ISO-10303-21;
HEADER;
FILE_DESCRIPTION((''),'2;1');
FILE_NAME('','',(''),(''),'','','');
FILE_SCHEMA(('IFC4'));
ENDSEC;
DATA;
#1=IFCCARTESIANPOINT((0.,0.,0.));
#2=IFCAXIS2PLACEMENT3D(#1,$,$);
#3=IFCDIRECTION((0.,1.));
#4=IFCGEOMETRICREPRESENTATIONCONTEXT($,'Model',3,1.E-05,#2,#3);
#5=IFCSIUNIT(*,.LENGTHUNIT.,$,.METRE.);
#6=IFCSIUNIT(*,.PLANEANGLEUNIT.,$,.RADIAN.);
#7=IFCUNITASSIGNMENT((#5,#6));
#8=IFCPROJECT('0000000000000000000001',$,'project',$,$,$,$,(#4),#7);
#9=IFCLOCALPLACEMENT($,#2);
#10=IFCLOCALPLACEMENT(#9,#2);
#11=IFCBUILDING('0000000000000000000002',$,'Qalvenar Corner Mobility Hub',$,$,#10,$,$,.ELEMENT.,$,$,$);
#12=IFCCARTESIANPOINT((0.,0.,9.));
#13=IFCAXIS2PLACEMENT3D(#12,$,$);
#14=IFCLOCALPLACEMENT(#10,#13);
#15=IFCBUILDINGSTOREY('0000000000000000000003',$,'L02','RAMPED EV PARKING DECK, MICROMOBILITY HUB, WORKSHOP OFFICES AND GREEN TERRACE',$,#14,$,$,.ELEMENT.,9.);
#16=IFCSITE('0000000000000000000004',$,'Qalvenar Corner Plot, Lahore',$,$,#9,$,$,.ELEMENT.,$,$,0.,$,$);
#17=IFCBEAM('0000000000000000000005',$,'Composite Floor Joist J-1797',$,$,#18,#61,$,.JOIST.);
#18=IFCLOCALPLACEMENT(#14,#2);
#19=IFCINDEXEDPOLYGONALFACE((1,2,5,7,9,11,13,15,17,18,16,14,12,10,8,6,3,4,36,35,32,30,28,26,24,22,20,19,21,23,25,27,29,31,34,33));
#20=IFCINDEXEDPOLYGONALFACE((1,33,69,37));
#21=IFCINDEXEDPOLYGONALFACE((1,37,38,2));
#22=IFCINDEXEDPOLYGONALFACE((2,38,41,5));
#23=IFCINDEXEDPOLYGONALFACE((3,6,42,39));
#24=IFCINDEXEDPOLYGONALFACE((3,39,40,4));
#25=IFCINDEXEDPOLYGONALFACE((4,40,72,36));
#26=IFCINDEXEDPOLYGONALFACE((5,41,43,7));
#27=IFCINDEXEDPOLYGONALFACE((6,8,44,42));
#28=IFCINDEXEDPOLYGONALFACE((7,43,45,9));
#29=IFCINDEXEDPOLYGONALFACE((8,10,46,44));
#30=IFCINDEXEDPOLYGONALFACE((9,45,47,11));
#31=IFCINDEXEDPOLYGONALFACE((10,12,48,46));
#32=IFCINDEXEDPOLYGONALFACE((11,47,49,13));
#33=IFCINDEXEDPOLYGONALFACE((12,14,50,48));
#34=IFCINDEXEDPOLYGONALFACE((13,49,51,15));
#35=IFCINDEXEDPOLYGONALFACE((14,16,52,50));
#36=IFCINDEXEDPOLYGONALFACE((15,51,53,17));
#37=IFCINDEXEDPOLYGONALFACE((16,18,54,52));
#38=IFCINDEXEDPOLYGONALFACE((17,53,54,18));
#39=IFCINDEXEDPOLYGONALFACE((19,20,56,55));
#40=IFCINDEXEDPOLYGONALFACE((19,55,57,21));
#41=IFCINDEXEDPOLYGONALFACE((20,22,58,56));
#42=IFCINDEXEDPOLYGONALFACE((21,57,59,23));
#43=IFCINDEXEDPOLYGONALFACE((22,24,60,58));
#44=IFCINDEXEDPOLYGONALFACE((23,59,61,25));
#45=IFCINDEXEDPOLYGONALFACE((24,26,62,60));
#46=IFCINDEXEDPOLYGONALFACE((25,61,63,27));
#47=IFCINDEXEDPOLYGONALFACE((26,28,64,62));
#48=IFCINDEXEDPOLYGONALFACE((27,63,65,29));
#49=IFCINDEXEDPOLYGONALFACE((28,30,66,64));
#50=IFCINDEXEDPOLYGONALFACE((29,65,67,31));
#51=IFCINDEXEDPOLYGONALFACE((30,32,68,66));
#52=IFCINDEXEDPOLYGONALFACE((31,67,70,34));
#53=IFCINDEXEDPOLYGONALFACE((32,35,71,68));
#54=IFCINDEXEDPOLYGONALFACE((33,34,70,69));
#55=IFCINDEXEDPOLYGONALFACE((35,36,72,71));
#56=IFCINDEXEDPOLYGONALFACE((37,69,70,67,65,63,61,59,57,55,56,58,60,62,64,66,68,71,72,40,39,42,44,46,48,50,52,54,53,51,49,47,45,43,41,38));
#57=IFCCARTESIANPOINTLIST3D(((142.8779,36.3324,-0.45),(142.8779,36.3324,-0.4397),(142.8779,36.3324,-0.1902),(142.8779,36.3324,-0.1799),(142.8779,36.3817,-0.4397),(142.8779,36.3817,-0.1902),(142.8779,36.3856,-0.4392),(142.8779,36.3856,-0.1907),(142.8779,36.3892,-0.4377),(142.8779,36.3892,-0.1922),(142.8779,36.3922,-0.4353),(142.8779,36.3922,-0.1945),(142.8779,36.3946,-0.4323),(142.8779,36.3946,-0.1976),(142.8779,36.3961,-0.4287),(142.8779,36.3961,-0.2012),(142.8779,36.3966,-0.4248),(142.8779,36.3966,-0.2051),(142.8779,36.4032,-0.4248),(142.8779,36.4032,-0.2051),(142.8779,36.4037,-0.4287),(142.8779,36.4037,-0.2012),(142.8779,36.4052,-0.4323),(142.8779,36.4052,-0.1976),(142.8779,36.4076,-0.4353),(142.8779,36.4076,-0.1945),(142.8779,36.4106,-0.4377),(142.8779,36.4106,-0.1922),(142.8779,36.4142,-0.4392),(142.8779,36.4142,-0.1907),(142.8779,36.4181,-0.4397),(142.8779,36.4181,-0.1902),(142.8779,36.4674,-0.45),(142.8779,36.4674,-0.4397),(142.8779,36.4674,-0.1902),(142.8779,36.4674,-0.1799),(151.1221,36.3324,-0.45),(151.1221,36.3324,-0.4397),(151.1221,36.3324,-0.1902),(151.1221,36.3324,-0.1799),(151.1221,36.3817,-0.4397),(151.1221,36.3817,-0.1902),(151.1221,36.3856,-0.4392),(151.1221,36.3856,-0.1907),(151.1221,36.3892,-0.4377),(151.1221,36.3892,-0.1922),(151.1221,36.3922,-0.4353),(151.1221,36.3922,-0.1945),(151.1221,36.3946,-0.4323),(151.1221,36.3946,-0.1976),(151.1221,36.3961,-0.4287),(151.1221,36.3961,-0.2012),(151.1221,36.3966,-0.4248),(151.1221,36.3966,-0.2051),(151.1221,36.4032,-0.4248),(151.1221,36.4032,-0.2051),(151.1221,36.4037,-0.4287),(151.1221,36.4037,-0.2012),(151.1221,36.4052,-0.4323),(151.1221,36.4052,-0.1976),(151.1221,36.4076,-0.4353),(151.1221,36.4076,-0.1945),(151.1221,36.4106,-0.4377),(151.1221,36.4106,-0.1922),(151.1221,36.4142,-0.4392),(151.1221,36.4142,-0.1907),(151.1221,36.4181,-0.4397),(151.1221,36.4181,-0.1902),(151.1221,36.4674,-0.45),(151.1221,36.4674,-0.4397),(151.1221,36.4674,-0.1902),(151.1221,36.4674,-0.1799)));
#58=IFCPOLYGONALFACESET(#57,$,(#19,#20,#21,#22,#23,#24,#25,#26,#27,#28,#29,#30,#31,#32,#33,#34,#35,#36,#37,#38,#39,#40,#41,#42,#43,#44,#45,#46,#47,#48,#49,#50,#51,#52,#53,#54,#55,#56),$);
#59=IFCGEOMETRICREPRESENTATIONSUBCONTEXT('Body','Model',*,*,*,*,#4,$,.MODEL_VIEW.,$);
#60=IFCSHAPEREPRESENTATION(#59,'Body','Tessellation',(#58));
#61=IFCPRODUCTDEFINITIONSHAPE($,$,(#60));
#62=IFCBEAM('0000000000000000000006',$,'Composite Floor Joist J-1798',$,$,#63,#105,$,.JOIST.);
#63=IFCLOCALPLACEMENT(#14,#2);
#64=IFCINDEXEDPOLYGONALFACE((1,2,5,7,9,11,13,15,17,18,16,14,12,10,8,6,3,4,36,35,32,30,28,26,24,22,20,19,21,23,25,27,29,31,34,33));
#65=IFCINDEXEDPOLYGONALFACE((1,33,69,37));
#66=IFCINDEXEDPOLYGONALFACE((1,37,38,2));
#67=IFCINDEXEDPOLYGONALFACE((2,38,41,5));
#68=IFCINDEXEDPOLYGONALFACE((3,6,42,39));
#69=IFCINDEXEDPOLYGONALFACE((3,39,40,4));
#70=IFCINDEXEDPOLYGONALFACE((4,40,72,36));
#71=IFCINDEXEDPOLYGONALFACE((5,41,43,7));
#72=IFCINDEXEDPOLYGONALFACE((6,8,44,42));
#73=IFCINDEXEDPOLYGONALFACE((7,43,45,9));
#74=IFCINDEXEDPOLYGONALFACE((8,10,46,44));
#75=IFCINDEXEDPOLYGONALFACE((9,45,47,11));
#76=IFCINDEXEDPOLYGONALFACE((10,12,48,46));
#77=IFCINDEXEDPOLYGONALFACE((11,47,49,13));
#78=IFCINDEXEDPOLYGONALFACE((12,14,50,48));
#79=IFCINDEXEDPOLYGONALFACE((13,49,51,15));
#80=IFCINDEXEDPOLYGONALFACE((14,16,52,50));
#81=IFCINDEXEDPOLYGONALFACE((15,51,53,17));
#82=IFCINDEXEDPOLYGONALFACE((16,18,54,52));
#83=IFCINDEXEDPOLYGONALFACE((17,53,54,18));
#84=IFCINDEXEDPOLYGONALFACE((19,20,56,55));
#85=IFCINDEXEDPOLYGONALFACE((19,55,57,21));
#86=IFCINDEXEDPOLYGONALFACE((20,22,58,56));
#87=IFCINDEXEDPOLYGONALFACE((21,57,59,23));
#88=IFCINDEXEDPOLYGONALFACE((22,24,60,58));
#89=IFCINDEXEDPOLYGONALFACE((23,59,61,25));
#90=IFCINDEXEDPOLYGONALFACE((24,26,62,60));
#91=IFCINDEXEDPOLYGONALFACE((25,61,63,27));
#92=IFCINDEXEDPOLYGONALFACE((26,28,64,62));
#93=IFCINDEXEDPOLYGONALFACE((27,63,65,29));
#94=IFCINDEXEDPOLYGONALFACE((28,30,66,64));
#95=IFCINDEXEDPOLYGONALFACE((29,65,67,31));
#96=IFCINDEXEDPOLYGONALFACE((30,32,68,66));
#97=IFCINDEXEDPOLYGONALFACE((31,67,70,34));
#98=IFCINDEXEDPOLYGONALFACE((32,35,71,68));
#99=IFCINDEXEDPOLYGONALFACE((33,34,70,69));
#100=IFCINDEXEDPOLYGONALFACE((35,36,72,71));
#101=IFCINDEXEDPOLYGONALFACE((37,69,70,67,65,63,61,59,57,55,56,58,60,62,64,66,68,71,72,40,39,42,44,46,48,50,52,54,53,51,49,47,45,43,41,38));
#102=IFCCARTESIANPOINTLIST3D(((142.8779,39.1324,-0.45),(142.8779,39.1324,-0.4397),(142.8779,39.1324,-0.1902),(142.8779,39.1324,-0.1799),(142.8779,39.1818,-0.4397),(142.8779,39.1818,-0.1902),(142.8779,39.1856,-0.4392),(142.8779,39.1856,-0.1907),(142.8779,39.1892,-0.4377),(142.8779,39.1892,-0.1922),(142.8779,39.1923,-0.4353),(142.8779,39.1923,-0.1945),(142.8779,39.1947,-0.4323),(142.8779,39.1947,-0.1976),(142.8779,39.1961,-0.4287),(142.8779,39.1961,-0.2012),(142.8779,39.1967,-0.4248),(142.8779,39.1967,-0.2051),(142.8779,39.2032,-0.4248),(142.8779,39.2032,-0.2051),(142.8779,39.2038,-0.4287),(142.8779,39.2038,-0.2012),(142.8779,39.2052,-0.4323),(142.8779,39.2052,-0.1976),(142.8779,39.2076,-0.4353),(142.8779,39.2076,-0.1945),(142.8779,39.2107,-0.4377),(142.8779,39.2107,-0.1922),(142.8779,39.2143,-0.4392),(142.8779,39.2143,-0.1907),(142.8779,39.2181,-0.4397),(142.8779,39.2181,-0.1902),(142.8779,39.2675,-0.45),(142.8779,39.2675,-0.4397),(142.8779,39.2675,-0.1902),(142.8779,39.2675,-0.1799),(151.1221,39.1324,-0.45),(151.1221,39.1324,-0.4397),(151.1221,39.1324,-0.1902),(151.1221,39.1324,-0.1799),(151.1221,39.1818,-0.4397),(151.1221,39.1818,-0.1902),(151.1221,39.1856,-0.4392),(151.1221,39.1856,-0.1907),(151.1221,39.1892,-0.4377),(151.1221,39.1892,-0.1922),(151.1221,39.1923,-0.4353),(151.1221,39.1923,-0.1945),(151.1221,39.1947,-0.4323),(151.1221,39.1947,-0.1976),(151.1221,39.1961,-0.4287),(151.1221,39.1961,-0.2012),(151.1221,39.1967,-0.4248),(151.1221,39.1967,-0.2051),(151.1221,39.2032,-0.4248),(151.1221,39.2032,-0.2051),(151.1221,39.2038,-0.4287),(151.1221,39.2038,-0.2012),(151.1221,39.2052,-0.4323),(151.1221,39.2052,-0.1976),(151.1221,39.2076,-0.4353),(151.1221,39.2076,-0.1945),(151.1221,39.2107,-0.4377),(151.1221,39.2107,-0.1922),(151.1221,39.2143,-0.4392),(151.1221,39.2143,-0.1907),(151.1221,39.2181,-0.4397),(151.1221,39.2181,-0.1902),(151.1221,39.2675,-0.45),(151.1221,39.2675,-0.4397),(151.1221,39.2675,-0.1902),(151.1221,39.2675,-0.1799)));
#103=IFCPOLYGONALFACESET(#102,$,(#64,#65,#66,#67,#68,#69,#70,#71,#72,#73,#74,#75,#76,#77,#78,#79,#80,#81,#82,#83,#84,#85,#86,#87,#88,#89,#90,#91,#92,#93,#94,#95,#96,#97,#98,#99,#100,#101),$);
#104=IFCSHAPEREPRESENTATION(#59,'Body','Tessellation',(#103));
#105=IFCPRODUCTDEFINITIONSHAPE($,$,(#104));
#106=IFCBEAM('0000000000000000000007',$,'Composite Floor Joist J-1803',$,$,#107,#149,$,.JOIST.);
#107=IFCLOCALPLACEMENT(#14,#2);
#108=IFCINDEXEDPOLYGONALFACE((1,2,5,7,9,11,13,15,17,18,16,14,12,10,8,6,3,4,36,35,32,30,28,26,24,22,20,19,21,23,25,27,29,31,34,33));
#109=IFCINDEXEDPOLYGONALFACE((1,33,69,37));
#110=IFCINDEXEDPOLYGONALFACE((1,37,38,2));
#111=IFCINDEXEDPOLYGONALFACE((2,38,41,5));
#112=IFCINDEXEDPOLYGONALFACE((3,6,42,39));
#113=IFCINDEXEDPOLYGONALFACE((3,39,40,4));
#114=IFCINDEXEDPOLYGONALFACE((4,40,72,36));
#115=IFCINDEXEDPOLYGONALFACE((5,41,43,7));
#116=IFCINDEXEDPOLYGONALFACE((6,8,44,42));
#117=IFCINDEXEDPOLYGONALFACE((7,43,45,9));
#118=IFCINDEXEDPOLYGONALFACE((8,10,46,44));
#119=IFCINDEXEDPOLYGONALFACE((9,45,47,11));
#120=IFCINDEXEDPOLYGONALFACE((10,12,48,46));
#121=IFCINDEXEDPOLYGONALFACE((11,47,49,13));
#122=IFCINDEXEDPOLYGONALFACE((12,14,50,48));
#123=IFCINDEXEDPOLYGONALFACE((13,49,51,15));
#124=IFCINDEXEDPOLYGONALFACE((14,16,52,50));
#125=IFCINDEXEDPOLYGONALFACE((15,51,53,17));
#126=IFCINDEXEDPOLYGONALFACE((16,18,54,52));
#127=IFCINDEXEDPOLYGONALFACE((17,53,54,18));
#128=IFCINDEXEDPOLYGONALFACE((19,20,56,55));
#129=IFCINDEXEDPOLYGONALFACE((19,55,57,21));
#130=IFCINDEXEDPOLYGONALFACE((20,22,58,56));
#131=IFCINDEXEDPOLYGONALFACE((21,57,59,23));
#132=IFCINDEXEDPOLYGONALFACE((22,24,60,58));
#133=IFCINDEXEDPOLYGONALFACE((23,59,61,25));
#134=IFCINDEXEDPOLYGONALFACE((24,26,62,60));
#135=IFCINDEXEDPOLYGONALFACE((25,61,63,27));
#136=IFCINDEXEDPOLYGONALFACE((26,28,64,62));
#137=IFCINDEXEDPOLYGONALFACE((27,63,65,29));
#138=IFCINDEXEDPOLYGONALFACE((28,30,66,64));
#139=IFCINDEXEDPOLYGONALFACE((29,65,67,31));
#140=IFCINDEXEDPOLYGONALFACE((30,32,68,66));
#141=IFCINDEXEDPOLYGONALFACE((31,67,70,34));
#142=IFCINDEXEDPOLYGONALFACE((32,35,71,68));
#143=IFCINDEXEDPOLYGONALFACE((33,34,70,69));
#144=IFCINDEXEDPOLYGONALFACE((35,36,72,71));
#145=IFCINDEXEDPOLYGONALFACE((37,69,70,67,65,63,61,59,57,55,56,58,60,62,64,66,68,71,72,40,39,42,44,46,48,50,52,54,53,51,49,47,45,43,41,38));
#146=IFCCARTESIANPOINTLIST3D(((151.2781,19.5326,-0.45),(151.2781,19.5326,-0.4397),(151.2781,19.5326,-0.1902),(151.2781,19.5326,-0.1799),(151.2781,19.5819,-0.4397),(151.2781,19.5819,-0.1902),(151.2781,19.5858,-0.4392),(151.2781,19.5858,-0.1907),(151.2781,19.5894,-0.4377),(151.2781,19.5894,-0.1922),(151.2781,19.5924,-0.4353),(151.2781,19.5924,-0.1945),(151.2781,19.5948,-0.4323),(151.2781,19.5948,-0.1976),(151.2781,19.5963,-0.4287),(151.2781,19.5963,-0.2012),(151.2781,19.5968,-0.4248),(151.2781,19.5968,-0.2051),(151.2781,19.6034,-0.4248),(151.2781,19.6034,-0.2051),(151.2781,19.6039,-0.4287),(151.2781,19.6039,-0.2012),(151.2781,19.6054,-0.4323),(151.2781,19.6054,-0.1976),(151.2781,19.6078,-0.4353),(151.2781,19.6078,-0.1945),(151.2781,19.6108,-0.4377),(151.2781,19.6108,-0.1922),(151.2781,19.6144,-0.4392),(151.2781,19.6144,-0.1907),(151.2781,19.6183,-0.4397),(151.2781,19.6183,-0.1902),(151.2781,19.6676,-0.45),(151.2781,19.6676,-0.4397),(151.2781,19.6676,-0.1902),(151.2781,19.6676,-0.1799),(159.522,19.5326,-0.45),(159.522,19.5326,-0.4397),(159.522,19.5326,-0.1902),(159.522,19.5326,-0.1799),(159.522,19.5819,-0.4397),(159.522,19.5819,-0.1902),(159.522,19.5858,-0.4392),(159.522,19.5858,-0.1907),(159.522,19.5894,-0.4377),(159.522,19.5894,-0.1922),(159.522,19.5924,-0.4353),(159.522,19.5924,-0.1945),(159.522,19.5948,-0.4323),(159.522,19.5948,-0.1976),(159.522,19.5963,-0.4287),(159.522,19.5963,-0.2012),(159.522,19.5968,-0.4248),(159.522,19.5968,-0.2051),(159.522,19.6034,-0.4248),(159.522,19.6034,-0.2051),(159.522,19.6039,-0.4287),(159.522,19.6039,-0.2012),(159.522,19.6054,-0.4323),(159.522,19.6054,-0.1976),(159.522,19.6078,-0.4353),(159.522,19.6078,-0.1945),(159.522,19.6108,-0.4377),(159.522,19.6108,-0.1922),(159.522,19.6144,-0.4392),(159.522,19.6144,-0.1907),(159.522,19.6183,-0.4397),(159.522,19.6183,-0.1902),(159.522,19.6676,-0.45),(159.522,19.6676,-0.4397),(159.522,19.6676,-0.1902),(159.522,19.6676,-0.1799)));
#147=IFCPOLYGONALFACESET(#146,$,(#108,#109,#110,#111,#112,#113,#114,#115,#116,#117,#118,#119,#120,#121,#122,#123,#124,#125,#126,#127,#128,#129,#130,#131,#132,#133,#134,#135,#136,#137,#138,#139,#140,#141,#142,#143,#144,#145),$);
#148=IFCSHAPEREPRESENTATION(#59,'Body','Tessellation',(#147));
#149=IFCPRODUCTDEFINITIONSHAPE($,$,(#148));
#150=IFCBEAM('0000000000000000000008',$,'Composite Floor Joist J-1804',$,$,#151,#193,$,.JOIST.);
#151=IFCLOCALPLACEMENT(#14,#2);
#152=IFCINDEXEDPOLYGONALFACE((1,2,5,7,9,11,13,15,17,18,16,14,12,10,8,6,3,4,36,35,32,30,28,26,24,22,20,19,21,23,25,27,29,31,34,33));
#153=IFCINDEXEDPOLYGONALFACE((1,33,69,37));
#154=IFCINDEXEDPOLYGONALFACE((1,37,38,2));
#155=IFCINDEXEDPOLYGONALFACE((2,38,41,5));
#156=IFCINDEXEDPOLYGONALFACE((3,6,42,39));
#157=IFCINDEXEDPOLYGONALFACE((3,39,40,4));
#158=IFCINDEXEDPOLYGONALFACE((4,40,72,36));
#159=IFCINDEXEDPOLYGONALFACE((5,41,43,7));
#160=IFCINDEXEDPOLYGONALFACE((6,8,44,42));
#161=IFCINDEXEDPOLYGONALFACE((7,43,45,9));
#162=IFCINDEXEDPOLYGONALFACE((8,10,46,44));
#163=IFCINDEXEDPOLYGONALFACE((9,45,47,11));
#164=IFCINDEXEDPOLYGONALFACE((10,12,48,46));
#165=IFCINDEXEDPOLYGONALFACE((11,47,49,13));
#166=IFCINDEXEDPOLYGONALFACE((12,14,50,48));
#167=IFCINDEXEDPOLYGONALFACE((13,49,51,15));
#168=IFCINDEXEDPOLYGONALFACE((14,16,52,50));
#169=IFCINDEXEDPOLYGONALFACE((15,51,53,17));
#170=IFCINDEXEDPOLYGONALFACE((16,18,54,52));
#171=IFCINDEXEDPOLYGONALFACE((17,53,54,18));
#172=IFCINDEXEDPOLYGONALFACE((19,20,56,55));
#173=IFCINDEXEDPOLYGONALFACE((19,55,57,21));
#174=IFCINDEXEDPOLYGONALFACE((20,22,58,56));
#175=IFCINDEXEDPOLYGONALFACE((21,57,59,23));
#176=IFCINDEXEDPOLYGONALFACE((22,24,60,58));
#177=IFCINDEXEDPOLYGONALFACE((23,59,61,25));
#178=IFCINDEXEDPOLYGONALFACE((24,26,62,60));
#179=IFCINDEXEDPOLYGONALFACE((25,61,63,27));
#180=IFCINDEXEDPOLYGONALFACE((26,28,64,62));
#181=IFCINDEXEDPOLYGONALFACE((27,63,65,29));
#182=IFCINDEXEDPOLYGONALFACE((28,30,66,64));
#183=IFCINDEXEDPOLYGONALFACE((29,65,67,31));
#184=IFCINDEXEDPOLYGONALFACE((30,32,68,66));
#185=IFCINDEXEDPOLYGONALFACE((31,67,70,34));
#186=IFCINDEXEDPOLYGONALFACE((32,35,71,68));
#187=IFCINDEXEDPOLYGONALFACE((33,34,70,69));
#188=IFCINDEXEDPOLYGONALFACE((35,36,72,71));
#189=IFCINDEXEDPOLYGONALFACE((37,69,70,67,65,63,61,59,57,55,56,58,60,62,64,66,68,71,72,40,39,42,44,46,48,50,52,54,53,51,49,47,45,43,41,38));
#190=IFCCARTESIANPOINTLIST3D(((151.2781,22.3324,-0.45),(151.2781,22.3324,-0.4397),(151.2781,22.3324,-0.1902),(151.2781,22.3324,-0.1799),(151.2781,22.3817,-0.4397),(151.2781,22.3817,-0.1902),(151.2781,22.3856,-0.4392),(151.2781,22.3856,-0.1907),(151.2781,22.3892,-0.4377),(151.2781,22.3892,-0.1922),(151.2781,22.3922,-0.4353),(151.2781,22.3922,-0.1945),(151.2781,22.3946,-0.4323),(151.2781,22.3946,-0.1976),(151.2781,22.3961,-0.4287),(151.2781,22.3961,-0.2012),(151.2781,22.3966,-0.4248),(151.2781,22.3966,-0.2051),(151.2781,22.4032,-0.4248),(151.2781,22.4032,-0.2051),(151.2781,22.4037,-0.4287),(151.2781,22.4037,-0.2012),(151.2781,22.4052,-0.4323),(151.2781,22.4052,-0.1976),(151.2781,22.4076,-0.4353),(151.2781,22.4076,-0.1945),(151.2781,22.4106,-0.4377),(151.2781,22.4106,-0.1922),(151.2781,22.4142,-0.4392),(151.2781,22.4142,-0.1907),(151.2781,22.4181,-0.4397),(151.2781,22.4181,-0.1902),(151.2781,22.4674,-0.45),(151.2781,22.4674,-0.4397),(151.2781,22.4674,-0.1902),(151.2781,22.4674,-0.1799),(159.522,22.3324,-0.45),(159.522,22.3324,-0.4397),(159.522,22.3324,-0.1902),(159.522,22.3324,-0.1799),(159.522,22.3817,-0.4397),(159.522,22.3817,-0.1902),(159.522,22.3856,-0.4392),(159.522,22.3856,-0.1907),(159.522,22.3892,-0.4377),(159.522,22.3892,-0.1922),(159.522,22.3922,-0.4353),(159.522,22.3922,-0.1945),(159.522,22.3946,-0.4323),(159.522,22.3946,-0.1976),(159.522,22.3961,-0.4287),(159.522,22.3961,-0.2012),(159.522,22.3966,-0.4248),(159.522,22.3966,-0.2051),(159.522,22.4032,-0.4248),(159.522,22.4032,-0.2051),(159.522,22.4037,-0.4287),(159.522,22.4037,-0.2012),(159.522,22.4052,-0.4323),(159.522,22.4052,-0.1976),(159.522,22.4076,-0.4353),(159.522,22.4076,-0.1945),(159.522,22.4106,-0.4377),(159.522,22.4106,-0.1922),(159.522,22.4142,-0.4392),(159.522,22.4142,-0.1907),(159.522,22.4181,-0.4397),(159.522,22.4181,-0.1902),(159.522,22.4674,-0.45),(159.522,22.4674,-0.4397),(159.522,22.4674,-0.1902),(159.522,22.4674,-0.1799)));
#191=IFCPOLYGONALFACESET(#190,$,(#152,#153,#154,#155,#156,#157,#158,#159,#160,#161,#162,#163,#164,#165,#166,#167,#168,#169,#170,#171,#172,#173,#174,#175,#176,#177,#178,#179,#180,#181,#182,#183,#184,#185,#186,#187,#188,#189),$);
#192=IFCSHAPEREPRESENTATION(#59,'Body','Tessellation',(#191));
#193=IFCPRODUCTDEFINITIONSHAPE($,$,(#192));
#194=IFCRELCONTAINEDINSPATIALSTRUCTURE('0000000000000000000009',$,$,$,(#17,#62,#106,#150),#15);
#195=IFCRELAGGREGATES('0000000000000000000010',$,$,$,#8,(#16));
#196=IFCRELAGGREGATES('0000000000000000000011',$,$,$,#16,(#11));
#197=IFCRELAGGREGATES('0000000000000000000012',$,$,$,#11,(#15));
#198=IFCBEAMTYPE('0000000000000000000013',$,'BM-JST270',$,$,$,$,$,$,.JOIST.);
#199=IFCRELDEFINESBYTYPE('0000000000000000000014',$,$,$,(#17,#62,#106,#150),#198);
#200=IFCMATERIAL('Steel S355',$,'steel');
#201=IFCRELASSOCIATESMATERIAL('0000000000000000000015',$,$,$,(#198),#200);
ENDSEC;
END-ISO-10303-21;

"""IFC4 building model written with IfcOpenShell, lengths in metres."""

from ifc_helpers import new_model, si_unit, direction, frame, origin, origin_2d, place, context, subcontext, project, spatial, i_section, extrude, material, material_profile, profile_set, type_object, element, save


model = new_model("IFC4")

# Units and contexts
model_context = context("Model", 3, precision=1e-05, world=origin(), true_north=direction((0.0, 1.0)))
body_context = subcontext(model_context, "Body", "Model", "MODEL_VIEW")
ifc_project = project(units=[si_unit("LENGTHUNIT", "METRE"), si_unit("PLANEANGLEUNIT", "RADIAN")], contexts=[model_context])

# Site, building, storey
site_placement = place(None, origin())
site = spatial("IfcSite", under=ifc_project, at=site_placement, Name="Qalvenar Corner Plot, Lahore", CompositionType="ELEMENT", RefElevation=0.0)
building_placement = place(site_placement, origin())
building = spatial("IfcBuilding", under=site, at=building_placement, Name="Qalvenar Corner Mobility Hub", CompositionType="ELEMENT")
storey_placement = place(building_placement, frame((0.0, 0.0, 9.0)))
storey = spatial("IfcBuildingStorey", under=building, at=storey_placement, Name="L02", Description="RAMPED EV PARKING DECK, MICROMOBILITY HUB, WORKSHOP OFFICES AND GREEN TERRACE", CompositionType="ELEMENT", Elevation=9.0)

# Shared definitions
ifc_material_1 = material(Name="Steel S355", Category="steel")

# Beams
ifc_material_profile_1 = material_profile(ifc_material_1, i_section(OverallWidth=0.135, OverallDepth=0.27, WebThickness=0.0066, FlangeThickness=0.0103, FilletRadius=0.0149, at=origin_2d()), Name="IPE270")
ifc_profile_set_1 = profile_set([ifc_material_profile_1], Name="Steel S355")
beam_type_1 = type_object("IfcBeamType", Name="BM-JST270", PredefinedType="JOIST", material=ifc_profile_set_1)
for number, where, z_axis, x_axis, name in (
    (1, (142.8779, 36.3999, -0.3149), (1.0, 0.0, 0.0), (0.0, 1.0, 0.0), "Composite Floor Joist J-1797"),
    (2, (142.8779, 39.2, -0.3149), (1.0, 0.0, 0.0), (0.0, 1.0, 0.0), "Composite Floor Joist J-1798"),
):
    element("IfcBeam", number, at=place(storey_placement, frame(where, z_axis=z_axis, x_axis=x_axis)), inside=storey, type_object=beam_type_1, Name=name, PredefinedType="JOIST", context=body_context, shape_type="SweptSolid", body=[
        extrude(i_section(OverallWidth=0.135, OverallDepth=0.27, WebThickness=0.0066, FlangeThickness=0.0103, FilletRadius=0.0149, at=origin_2d()), origin(), (0.0, 0.0, 1.0), 8.2441),
    ])
for number, where, z_axis, x_axis, name in (
    (3, (151.2781, 19.6001, -0.3149), (1.0, 0.0, 0.0), (0.0, 1.0, 0.0), "Composite Floor Joist J-1803"),
    (4, (151.2781, 22.3999, -0.3149), (1.0, 0.0, 0.0), (0.0, 1.0, 0.0), "Composite Floor Joist J-1804"),
):
    element("IfcBeam", number, at=place(storey_placement, frame(where, z_axis=z_axis, x_axis=x_axis)), inside=storey, type_object=beam_type_1, Name=name, PredefinedType="JOIST", context=body_context, shape_type="SweptSolid", body=[
        extrude(i_section(OverallWidth=0.135, OverallDepth=0.27, WebThickness=0.0066, FlangeThickness=0.0103, FilletRadius=0.0149, at=origin_2d()), origin(), (0.0, 0.0, 1.0), 8.2439),
    ])

save(model, "model.ifc")
